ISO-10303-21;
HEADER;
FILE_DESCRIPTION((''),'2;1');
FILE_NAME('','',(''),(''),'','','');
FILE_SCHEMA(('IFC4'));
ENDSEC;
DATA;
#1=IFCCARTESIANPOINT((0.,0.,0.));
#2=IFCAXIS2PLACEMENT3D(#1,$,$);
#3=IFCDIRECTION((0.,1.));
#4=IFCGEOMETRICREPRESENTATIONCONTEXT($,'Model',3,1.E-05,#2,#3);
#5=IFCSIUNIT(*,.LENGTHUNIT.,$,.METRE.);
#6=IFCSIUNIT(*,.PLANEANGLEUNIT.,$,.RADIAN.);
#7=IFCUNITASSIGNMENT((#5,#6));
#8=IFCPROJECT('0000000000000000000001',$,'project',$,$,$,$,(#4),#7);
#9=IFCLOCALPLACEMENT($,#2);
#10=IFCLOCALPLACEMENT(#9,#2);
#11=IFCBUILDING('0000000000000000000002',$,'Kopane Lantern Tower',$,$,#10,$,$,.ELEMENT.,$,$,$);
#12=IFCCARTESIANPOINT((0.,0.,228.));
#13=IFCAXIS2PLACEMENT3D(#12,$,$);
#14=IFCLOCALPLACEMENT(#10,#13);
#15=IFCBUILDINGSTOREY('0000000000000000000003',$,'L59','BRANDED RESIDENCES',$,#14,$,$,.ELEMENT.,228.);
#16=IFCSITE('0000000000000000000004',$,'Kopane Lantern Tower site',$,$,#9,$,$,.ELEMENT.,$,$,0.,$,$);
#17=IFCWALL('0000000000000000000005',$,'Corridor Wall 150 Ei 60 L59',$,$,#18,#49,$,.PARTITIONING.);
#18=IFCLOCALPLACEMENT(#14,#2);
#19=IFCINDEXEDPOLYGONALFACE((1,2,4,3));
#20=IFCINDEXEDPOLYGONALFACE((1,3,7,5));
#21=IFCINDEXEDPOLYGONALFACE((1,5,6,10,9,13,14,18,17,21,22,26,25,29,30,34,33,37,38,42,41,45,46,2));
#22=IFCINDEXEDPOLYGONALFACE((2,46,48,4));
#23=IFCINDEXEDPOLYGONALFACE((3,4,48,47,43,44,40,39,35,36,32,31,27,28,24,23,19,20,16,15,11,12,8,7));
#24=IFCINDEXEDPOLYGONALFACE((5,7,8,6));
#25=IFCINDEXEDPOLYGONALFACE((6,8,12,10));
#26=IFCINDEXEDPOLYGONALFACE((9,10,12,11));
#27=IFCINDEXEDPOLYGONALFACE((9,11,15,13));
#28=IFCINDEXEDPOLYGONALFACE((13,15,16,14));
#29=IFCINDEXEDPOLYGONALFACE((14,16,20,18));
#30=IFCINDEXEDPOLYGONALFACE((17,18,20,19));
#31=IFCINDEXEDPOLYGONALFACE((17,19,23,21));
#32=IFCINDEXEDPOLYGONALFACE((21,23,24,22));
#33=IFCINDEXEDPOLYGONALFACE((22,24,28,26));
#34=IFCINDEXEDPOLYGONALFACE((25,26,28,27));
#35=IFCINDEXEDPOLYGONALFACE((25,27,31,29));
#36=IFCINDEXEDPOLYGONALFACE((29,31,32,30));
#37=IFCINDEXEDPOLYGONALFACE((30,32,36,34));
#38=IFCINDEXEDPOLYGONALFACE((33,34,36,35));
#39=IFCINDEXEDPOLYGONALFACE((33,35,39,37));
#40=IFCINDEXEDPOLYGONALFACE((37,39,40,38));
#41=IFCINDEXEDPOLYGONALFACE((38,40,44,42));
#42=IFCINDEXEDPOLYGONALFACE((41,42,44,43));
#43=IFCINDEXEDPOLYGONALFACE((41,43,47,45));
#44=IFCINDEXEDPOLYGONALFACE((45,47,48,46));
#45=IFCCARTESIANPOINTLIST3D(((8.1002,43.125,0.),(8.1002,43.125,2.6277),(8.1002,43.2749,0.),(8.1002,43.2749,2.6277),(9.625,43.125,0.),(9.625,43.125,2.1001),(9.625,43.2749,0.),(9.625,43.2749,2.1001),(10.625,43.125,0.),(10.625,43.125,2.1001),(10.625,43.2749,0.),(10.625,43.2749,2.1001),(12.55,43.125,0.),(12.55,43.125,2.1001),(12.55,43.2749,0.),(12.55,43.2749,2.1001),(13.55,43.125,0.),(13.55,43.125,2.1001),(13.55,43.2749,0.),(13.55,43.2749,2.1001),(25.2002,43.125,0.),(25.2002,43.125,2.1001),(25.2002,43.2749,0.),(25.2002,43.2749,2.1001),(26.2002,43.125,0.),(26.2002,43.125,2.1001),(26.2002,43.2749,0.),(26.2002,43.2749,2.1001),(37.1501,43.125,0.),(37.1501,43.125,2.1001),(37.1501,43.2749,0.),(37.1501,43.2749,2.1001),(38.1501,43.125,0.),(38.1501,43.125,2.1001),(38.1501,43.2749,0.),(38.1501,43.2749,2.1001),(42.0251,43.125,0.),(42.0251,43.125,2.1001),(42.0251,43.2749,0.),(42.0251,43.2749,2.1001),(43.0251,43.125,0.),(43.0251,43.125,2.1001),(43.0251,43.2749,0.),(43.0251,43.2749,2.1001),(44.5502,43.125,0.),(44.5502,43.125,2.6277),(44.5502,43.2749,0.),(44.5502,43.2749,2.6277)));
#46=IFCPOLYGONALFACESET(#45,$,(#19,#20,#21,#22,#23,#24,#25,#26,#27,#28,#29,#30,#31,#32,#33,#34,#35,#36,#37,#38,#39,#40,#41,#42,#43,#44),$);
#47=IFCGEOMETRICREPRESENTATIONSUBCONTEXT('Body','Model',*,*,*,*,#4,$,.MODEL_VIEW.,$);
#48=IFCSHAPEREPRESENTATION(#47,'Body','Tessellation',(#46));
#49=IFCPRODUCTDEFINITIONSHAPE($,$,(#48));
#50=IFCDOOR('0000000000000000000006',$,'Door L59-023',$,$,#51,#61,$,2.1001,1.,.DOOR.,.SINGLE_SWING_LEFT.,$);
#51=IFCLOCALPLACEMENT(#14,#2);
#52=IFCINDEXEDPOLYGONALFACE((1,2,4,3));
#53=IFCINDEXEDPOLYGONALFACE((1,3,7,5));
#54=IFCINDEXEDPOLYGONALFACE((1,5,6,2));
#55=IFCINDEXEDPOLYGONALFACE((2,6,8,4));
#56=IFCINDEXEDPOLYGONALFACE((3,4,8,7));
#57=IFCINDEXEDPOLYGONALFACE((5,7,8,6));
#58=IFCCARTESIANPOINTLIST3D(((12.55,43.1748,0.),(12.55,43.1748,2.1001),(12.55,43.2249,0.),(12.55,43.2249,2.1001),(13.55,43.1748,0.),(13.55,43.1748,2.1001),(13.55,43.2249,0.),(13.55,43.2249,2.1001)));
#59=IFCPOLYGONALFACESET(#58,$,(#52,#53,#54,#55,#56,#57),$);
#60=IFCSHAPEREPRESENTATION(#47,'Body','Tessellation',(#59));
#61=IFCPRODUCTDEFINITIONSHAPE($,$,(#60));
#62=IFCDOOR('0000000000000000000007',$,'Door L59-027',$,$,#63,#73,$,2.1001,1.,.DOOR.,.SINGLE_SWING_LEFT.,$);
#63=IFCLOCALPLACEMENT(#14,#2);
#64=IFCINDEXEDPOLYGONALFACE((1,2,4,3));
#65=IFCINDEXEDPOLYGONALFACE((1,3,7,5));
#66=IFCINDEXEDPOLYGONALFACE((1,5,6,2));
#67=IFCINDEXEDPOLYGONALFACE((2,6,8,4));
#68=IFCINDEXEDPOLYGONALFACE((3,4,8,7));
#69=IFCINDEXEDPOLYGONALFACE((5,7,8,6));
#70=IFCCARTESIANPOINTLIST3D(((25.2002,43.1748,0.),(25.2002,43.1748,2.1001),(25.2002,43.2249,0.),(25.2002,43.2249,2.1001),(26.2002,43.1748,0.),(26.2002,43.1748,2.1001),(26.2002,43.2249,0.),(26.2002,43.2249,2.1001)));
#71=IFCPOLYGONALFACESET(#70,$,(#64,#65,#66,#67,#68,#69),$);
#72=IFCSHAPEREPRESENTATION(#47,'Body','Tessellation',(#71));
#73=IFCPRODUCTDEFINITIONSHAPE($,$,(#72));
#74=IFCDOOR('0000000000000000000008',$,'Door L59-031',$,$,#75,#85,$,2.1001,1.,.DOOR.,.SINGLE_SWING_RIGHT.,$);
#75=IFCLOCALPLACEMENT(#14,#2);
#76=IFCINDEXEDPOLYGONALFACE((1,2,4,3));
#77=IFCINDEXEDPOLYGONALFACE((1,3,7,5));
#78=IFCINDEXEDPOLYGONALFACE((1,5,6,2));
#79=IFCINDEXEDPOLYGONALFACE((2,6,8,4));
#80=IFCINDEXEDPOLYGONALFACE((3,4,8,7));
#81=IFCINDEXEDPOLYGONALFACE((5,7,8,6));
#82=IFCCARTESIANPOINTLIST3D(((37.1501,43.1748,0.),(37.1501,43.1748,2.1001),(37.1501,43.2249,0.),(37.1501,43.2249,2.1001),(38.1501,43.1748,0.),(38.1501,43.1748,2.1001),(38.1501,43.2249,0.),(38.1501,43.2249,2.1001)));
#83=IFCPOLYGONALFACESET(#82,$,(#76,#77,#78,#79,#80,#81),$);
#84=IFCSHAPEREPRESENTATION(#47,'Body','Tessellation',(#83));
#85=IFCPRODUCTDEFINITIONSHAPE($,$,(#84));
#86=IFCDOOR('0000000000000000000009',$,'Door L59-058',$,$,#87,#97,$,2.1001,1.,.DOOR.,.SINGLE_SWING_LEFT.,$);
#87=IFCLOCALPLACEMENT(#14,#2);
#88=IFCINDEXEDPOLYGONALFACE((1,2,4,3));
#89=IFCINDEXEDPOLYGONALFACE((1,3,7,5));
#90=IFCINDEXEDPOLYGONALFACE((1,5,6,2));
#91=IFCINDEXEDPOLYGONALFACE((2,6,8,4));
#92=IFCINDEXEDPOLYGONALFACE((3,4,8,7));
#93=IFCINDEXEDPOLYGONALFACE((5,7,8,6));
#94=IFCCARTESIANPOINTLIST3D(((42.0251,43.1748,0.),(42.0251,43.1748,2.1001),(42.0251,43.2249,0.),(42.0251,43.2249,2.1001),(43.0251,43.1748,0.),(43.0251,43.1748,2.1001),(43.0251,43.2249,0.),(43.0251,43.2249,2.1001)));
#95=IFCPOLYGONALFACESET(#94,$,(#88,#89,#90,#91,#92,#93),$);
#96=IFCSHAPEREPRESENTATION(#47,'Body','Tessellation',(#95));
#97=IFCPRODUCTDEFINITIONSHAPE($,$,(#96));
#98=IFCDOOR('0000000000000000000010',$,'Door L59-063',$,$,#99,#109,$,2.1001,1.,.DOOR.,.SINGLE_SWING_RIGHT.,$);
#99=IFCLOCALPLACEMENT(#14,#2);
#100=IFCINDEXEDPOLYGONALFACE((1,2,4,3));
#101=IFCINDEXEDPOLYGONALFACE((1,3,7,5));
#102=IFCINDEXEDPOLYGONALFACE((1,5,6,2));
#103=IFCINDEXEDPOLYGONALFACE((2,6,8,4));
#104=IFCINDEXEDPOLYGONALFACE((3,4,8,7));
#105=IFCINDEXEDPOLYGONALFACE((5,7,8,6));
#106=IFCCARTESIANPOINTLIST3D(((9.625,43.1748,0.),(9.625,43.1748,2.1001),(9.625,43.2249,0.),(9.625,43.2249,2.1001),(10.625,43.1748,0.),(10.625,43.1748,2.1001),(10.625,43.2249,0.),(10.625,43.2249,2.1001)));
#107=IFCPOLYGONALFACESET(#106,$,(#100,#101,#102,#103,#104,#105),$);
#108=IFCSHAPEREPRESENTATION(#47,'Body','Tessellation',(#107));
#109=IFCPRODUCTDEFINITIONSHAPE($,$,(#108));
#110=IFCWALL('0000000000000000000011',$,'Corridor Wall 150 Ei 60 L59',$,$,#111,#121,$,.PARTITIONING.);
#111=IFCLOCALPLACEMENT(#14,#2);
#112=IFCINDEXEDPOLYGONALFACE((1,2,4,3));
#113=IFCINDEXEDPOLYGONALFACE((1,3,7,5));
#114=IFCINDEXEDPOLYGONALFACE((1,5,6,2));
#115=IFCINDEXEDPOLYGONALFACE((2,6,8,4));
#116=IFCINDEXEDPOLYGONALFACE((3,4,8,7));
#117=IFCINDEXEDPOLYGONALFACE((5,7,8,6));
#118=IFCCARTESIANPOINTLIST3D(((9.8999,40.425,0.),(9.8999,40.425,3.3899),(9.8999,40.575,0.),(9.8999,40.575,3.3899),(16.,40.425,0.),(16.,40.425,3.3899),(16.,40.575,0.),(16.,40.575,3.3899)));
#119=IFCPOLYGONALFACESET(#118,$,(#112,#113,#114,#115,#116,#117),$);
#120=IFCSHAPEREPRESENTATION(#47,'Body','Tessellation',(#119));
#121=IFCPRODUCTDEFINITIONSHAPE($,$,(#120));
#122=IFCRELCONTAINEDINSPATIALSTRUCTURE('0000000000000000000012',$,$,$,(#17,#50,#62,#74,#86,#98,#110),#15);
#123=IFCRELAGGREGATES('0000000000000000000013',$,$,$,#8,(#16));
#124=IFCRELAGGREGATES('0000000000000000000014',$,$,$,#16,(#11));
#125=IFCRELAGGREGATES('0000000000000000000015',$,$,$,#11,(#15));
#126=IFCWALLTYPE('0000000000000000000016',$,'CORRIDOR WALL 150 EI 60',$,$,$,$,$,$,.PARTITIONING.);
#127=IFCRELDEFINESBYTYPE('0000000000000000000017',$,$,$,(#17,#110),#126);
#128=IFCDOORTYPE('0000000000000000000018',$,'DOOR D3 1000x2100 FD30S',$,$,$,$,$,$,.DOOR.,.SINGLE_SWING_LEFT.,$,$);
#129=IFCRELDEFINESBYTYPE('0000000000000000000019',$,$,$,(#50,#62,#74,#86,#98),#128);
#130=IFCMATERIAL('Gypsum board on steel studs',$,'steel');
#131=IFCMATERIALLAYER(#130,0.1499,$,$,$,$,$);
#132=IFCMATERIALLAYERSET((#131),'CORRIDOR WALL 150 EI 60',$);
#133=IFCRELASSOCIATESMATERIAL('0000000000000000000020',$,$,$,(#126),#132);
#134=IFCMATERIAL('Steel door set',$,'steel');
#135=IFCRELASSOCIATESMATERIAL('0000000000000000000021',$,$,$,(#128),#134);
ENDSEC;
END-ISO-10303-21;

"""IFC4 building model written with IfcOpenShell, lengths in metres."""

from ifc_helpers import new_model, si_unit, direction, frame, frame_2d, origin, place, context, subcontext, project, spatial, rectangle, extrude, material, layer, layer_set, type_object, element, fill, save


model = new_model("IFC4")

# Units and contexts
model_context = context("Model", 3, precision=1e-05, world=origin(), true_north=direction((0.0, 1.0)))
body_context = subcontext(model_context, "Body", "Model", "MODEL_VIEW")
ifc_project = project(units=[si_unit("LENGTHUNIT", "METRE"), si_unit("PLANEANGLEUNIT", "RADIAN")], contexts=[model_context])

# Site, building, storey
site_placement = place(None, origin())
site = spatial("IfcSite", under=ifc_project, at=site_placement, Name="Kopane Lantern Tower site", CompositionType="ELEMENT", RefElevation=0.0)
building_placement = place(site_placement, origin())
building = spatial("IfcBuilding", under=site, at=building_placement, Name="Kopane Lantern Tower", CompositionType="ELEMENT")
storey_placement = place(building_placement, frame((0.0, 0.0, 228.0)))
storey = spatial("IfcBuildingStorey", under=building, at=storey_placement, Name="L59", Description="BRANDED RESIDENCES", CompositionType="ELEMENT", Elevation=228.0)

# Wall, openings, doors
ifc_material_1 = material(Name="Gypsum board on steel studs", Category="steel")
ifc_layer_1 = layer(ifc_material_1, 0.1499)
ifc_layer_set_1 = layer_set([ifc_layer_1], Name="CORRIDOR WALL 150 EI 60")
wall_type_1 = type_object("IfcWallType", Name="CORRIDOR WALL 150 EI 60", PredefinedType="PARTITIONING", material=ifc_layer_set_1)
wall_1_placement = place(storey_placement, frame((8.1001, 43.2, 0.0), z_axis=(0.0, 0.0, 1.0), x_axis=(1.0, 0.0, 0.0)))
wall_1 = element("IfcWall", 1, at=wall_1_placement, inside=storey, type_object=wall_type_1, Name="Corridor Wall 150 Ei 60 L59", PredefinedType="PARTITIONING", context=body_context, shape_type="SweptSolid", body=[
    extrude(rectangle(XDim=36.45, YDim=0.1499, at=frame_2d((18.2251, 0.0))), origin(), (0.0, 0.0, 1.0), 2.6277),
])
opening_1_placement = place(wall_1_placement, frame((4.45, 0.0, 0.0)))
opening_1 = element("IfcOpeningElement", 2, at=opening_1_placement, cuts=wall_1, PredefinedType="OPENING", context=body_context, shape_type="SweptSolid", body=[
    extrude(rectangle(XDim=1.0, YDim=2.1001, at=frame_2d((0.5, 1.05))), frame((0.0, 0.085, 0.0), z_axis=(0.0, -1.0, 0.0), x_axis=(1.0, 0.0, 0.0)), (0.0, 0.0, 1.0), 0.1699),
])
opening_2_placement = place(wall_1_placement, frame((17.1001, 0.0, 0.0)))
opening_2 = element("IfcOpeningElement", 3, at=opening_2_placement, cuts=wall_1, PredefinedType="OPENING", context=body_context, shape_type="SweptSolid", body=[
    extrude(rectangle(XDim=1.0, YDim=2.1001, at=frame_2d((0.5, 1.05))), frame((0.0, 0.085, 0.0), z_axis=(0.0, -1.0, 0.0), x_axis=(1.0, 0.0, 0.0)), (0.0, 0.0, 1.0), 0.1699),
])
opening_3_placement = place(wall_1_placement, frame((29.05, 0.0, 0.0)))
opening_3 = element("IfcOpeningElement", 4, at=opening_3_placement, cuts=wall_1, PredefinedType="OPENING", context=body_context, shape_type="SweptSolid", body=[
    extrude(rectangle(XDim=1.0, YDim=2.1001, at=frame_2d((0.5, 1.05))), frame((0.0, 0.085, 0.0), z_axis=(0.0, -1.0, 0.0), x_axis=(1.0, 0.0, 0.0)), (0.0, 0.0, 1.0), 0.1699),
])
opening_4_placement = place(wall_1_placement, frame((33.925, 0.0, 0.0)))
opening_4 = element("IfcOpeningElement", 5, at=opening_4_placement, cuts=wall_1, PredefinedType="OPENING", context=body_context, shape_type="SweptSolid", body=[
    extrude(rectangle(XDim=1.0, YDim=2.1001, at=frame_2d((0.5, 1.05))), frame((0.0, 0.085, 0.0), z_axis=(0.0, -1.0, 0.0), x_axis=(1.0, 0.0, 0.0)), (0.0, 0.0, 1.0), 0.1699),
])
opening_5_placement = place(wall_1_placement, frame((1.5249, 0.0, 0.0)))
opening_5 = element("IfcOpeningElement", 6, at=opening_5_placement, cuts=wall_1, PredefinedType="OPENING", context=body_context, shape_type="SweptSolid", body=[
    extrude(rectangle(XDim=1.0, YDim=2.1001, at=frame_2d((0.5, 1.05))), frame((0.0, 0.085, 0.0), z_axis=(0.0, -1.0, 0.0), x_axis=(1.0, 0.0, 0.0)), (0.0, 0.0, 1.0), 0.1699),
])
ifc_material_2 = material(Name="Steel door set", Category="steel")
door_type_1 = type_object("IfcDoorType", Name="DOOR D3 1000x2100 FD30S", OperationType="SINGLE_SWING_LEFT", PredefinedType="DOOR", material=ifc_material_2)
door_1_placement = place(opening_1_placement, origin())
door_1 = element("IfcDoor", 7, at=door_1_placement, inside=storey, type_object=door_type_1, Name="Door L59-023", OperationType="SINGLE_SWING_LEFT", OverallHeight=2.1001, OverallWidth=1.0, PredefinedType="DOOR", context=body_context, shape_type="SweptSolid", body=[
    extrude(rectangle(XDim=1.0, YDim=2.1001, at=frame_2d((0.5, 1.05))), frame((0.0, 0.0249, 0.0), z_axis=(0.0, -1.0, 0.0), x_axis=(1.0, 0.0, 0.0)), (0.0, 0.0, 1.0), 0.05),
])
fill(opening_1, door_1)
door_2_placement = place(opening_2_placement, origin())
door_2 = element("IfcDoor", 8, at=door_2_placement, inside=storey, type_object=door_type_1, Name="Door L59-027", OperationType="SINGLE_SWING_LEFT", OverallHeight=2.1001, OverallWidth=1.0, PredefinedType="DOOR", context=body_context, shape_type="SweptSolid", body=[
    extrude(rectangle(XDim=1.0, YDim=2.1001, at=frame_2d((0.5, 1.05))), frame((0.0, 0.0249, 0.0), z_axis=(0.0, -1.0, 0.0), x_axis=(1.0, 0.0, 0.0)), (0.0, 0.0, 1.0), 0.05),
])
fill(opening_2, door_2)
door_3_placement = place(opening_3_placement, origin())
door_3 = element("IfcDoor", 9, at=door_3_placement, inside=storey, type_object=door_type_1, Name="Door L59-031", OperationType="SINGLE_SWING_RIGHT", OverallHeight=2.1001, OverallWidth=1.0, PredefinedType="DOOR", context=body_context, shape_type="SweptSolid", body=[
    extrude(rectangle(XDim=1.0, YDim=2.1001, at=frame_2d((0.5, 1.05))), frame((0.0, 0.0249, 0.0), z_axis=(0.0, -1.0, 0.0), x_axis=(1.0, 0.0, 0.0)), (0.0, 0.0, 1.0), 0.05),
])
fill(opening_3, door_3)
door_4_placement = place(opening_4_placement, origin())
door_4 = element("IfcDoor", 10, at=door_4_placement, inside=storey, type_object=door_type_1, Name="Door L59-058", OperationType="SINGLE_SWING_LEFT", OverallHeight=2.1001, OverallWidth=1.0, PredefinedType="DOOR", context=body_context, shape_type="SweptSolid", body=[
    extrude(rectangle(XDim=1.0, YDim=2.1001, at=frame_2d((0.5, 1.05))), frame((0.0, 0.0249, 0.0), z_axis=(0.0, -1.0, 0.0), x_axis=(1.0, 0.0, 0.0)), (0.0, 0.0, 1.0), 0.05),
])
fill(opening_4, door_4)
door_5_placement = place(opening_5_placement, origin())
door_5 = element("IfcDoor", 11, at=door_5_placement, inside=storey, type_object=door_type_1, Name="Door L59-063", OperationType="SINGLE_SWING_RIGHT", OverallHeight=2.1001, OverallWidth=1.0, PredefinedType="DOOR", context=body_context, shape_type="SweptSolid", body=[
    extrude(rectangle(XDim=1.0, YDim=2.1001, at=frame_2d((0.5, 1.05))), frame((0.0, 0.0249, 0.0), z_axis=(0.0, -1.0, 0.0), x_axis=(1.0, 0.0, 0.0)), (0.0, 0.0, 1.0), 0.05),
])
fill(opening_5, door_5)

# Wall
wall_2_placement = place(storey_placement, frame((16.0, 40.5, 0.0), z_axis=(0.0, 0.0, 1.0), x_axis=(-1.0, 0.0, 0.0)))
element("IfcWall", 12, at=wall_2_placement, inside=storey, type_object=wall_type_1, Name="Corridor Wall 150 Ei 60 L59", PredefinedType="PARTITIONING", context=body_context, shape_type="SweptSolid", body=[
    extrude(rectangle(XDim=6.1001, YDim=0.1499, at=frame_2d((3.05, 0.0))), origin(), (0.0, 0.0, 1.0), 3.3899),
])

save(model, "model.ifc")
